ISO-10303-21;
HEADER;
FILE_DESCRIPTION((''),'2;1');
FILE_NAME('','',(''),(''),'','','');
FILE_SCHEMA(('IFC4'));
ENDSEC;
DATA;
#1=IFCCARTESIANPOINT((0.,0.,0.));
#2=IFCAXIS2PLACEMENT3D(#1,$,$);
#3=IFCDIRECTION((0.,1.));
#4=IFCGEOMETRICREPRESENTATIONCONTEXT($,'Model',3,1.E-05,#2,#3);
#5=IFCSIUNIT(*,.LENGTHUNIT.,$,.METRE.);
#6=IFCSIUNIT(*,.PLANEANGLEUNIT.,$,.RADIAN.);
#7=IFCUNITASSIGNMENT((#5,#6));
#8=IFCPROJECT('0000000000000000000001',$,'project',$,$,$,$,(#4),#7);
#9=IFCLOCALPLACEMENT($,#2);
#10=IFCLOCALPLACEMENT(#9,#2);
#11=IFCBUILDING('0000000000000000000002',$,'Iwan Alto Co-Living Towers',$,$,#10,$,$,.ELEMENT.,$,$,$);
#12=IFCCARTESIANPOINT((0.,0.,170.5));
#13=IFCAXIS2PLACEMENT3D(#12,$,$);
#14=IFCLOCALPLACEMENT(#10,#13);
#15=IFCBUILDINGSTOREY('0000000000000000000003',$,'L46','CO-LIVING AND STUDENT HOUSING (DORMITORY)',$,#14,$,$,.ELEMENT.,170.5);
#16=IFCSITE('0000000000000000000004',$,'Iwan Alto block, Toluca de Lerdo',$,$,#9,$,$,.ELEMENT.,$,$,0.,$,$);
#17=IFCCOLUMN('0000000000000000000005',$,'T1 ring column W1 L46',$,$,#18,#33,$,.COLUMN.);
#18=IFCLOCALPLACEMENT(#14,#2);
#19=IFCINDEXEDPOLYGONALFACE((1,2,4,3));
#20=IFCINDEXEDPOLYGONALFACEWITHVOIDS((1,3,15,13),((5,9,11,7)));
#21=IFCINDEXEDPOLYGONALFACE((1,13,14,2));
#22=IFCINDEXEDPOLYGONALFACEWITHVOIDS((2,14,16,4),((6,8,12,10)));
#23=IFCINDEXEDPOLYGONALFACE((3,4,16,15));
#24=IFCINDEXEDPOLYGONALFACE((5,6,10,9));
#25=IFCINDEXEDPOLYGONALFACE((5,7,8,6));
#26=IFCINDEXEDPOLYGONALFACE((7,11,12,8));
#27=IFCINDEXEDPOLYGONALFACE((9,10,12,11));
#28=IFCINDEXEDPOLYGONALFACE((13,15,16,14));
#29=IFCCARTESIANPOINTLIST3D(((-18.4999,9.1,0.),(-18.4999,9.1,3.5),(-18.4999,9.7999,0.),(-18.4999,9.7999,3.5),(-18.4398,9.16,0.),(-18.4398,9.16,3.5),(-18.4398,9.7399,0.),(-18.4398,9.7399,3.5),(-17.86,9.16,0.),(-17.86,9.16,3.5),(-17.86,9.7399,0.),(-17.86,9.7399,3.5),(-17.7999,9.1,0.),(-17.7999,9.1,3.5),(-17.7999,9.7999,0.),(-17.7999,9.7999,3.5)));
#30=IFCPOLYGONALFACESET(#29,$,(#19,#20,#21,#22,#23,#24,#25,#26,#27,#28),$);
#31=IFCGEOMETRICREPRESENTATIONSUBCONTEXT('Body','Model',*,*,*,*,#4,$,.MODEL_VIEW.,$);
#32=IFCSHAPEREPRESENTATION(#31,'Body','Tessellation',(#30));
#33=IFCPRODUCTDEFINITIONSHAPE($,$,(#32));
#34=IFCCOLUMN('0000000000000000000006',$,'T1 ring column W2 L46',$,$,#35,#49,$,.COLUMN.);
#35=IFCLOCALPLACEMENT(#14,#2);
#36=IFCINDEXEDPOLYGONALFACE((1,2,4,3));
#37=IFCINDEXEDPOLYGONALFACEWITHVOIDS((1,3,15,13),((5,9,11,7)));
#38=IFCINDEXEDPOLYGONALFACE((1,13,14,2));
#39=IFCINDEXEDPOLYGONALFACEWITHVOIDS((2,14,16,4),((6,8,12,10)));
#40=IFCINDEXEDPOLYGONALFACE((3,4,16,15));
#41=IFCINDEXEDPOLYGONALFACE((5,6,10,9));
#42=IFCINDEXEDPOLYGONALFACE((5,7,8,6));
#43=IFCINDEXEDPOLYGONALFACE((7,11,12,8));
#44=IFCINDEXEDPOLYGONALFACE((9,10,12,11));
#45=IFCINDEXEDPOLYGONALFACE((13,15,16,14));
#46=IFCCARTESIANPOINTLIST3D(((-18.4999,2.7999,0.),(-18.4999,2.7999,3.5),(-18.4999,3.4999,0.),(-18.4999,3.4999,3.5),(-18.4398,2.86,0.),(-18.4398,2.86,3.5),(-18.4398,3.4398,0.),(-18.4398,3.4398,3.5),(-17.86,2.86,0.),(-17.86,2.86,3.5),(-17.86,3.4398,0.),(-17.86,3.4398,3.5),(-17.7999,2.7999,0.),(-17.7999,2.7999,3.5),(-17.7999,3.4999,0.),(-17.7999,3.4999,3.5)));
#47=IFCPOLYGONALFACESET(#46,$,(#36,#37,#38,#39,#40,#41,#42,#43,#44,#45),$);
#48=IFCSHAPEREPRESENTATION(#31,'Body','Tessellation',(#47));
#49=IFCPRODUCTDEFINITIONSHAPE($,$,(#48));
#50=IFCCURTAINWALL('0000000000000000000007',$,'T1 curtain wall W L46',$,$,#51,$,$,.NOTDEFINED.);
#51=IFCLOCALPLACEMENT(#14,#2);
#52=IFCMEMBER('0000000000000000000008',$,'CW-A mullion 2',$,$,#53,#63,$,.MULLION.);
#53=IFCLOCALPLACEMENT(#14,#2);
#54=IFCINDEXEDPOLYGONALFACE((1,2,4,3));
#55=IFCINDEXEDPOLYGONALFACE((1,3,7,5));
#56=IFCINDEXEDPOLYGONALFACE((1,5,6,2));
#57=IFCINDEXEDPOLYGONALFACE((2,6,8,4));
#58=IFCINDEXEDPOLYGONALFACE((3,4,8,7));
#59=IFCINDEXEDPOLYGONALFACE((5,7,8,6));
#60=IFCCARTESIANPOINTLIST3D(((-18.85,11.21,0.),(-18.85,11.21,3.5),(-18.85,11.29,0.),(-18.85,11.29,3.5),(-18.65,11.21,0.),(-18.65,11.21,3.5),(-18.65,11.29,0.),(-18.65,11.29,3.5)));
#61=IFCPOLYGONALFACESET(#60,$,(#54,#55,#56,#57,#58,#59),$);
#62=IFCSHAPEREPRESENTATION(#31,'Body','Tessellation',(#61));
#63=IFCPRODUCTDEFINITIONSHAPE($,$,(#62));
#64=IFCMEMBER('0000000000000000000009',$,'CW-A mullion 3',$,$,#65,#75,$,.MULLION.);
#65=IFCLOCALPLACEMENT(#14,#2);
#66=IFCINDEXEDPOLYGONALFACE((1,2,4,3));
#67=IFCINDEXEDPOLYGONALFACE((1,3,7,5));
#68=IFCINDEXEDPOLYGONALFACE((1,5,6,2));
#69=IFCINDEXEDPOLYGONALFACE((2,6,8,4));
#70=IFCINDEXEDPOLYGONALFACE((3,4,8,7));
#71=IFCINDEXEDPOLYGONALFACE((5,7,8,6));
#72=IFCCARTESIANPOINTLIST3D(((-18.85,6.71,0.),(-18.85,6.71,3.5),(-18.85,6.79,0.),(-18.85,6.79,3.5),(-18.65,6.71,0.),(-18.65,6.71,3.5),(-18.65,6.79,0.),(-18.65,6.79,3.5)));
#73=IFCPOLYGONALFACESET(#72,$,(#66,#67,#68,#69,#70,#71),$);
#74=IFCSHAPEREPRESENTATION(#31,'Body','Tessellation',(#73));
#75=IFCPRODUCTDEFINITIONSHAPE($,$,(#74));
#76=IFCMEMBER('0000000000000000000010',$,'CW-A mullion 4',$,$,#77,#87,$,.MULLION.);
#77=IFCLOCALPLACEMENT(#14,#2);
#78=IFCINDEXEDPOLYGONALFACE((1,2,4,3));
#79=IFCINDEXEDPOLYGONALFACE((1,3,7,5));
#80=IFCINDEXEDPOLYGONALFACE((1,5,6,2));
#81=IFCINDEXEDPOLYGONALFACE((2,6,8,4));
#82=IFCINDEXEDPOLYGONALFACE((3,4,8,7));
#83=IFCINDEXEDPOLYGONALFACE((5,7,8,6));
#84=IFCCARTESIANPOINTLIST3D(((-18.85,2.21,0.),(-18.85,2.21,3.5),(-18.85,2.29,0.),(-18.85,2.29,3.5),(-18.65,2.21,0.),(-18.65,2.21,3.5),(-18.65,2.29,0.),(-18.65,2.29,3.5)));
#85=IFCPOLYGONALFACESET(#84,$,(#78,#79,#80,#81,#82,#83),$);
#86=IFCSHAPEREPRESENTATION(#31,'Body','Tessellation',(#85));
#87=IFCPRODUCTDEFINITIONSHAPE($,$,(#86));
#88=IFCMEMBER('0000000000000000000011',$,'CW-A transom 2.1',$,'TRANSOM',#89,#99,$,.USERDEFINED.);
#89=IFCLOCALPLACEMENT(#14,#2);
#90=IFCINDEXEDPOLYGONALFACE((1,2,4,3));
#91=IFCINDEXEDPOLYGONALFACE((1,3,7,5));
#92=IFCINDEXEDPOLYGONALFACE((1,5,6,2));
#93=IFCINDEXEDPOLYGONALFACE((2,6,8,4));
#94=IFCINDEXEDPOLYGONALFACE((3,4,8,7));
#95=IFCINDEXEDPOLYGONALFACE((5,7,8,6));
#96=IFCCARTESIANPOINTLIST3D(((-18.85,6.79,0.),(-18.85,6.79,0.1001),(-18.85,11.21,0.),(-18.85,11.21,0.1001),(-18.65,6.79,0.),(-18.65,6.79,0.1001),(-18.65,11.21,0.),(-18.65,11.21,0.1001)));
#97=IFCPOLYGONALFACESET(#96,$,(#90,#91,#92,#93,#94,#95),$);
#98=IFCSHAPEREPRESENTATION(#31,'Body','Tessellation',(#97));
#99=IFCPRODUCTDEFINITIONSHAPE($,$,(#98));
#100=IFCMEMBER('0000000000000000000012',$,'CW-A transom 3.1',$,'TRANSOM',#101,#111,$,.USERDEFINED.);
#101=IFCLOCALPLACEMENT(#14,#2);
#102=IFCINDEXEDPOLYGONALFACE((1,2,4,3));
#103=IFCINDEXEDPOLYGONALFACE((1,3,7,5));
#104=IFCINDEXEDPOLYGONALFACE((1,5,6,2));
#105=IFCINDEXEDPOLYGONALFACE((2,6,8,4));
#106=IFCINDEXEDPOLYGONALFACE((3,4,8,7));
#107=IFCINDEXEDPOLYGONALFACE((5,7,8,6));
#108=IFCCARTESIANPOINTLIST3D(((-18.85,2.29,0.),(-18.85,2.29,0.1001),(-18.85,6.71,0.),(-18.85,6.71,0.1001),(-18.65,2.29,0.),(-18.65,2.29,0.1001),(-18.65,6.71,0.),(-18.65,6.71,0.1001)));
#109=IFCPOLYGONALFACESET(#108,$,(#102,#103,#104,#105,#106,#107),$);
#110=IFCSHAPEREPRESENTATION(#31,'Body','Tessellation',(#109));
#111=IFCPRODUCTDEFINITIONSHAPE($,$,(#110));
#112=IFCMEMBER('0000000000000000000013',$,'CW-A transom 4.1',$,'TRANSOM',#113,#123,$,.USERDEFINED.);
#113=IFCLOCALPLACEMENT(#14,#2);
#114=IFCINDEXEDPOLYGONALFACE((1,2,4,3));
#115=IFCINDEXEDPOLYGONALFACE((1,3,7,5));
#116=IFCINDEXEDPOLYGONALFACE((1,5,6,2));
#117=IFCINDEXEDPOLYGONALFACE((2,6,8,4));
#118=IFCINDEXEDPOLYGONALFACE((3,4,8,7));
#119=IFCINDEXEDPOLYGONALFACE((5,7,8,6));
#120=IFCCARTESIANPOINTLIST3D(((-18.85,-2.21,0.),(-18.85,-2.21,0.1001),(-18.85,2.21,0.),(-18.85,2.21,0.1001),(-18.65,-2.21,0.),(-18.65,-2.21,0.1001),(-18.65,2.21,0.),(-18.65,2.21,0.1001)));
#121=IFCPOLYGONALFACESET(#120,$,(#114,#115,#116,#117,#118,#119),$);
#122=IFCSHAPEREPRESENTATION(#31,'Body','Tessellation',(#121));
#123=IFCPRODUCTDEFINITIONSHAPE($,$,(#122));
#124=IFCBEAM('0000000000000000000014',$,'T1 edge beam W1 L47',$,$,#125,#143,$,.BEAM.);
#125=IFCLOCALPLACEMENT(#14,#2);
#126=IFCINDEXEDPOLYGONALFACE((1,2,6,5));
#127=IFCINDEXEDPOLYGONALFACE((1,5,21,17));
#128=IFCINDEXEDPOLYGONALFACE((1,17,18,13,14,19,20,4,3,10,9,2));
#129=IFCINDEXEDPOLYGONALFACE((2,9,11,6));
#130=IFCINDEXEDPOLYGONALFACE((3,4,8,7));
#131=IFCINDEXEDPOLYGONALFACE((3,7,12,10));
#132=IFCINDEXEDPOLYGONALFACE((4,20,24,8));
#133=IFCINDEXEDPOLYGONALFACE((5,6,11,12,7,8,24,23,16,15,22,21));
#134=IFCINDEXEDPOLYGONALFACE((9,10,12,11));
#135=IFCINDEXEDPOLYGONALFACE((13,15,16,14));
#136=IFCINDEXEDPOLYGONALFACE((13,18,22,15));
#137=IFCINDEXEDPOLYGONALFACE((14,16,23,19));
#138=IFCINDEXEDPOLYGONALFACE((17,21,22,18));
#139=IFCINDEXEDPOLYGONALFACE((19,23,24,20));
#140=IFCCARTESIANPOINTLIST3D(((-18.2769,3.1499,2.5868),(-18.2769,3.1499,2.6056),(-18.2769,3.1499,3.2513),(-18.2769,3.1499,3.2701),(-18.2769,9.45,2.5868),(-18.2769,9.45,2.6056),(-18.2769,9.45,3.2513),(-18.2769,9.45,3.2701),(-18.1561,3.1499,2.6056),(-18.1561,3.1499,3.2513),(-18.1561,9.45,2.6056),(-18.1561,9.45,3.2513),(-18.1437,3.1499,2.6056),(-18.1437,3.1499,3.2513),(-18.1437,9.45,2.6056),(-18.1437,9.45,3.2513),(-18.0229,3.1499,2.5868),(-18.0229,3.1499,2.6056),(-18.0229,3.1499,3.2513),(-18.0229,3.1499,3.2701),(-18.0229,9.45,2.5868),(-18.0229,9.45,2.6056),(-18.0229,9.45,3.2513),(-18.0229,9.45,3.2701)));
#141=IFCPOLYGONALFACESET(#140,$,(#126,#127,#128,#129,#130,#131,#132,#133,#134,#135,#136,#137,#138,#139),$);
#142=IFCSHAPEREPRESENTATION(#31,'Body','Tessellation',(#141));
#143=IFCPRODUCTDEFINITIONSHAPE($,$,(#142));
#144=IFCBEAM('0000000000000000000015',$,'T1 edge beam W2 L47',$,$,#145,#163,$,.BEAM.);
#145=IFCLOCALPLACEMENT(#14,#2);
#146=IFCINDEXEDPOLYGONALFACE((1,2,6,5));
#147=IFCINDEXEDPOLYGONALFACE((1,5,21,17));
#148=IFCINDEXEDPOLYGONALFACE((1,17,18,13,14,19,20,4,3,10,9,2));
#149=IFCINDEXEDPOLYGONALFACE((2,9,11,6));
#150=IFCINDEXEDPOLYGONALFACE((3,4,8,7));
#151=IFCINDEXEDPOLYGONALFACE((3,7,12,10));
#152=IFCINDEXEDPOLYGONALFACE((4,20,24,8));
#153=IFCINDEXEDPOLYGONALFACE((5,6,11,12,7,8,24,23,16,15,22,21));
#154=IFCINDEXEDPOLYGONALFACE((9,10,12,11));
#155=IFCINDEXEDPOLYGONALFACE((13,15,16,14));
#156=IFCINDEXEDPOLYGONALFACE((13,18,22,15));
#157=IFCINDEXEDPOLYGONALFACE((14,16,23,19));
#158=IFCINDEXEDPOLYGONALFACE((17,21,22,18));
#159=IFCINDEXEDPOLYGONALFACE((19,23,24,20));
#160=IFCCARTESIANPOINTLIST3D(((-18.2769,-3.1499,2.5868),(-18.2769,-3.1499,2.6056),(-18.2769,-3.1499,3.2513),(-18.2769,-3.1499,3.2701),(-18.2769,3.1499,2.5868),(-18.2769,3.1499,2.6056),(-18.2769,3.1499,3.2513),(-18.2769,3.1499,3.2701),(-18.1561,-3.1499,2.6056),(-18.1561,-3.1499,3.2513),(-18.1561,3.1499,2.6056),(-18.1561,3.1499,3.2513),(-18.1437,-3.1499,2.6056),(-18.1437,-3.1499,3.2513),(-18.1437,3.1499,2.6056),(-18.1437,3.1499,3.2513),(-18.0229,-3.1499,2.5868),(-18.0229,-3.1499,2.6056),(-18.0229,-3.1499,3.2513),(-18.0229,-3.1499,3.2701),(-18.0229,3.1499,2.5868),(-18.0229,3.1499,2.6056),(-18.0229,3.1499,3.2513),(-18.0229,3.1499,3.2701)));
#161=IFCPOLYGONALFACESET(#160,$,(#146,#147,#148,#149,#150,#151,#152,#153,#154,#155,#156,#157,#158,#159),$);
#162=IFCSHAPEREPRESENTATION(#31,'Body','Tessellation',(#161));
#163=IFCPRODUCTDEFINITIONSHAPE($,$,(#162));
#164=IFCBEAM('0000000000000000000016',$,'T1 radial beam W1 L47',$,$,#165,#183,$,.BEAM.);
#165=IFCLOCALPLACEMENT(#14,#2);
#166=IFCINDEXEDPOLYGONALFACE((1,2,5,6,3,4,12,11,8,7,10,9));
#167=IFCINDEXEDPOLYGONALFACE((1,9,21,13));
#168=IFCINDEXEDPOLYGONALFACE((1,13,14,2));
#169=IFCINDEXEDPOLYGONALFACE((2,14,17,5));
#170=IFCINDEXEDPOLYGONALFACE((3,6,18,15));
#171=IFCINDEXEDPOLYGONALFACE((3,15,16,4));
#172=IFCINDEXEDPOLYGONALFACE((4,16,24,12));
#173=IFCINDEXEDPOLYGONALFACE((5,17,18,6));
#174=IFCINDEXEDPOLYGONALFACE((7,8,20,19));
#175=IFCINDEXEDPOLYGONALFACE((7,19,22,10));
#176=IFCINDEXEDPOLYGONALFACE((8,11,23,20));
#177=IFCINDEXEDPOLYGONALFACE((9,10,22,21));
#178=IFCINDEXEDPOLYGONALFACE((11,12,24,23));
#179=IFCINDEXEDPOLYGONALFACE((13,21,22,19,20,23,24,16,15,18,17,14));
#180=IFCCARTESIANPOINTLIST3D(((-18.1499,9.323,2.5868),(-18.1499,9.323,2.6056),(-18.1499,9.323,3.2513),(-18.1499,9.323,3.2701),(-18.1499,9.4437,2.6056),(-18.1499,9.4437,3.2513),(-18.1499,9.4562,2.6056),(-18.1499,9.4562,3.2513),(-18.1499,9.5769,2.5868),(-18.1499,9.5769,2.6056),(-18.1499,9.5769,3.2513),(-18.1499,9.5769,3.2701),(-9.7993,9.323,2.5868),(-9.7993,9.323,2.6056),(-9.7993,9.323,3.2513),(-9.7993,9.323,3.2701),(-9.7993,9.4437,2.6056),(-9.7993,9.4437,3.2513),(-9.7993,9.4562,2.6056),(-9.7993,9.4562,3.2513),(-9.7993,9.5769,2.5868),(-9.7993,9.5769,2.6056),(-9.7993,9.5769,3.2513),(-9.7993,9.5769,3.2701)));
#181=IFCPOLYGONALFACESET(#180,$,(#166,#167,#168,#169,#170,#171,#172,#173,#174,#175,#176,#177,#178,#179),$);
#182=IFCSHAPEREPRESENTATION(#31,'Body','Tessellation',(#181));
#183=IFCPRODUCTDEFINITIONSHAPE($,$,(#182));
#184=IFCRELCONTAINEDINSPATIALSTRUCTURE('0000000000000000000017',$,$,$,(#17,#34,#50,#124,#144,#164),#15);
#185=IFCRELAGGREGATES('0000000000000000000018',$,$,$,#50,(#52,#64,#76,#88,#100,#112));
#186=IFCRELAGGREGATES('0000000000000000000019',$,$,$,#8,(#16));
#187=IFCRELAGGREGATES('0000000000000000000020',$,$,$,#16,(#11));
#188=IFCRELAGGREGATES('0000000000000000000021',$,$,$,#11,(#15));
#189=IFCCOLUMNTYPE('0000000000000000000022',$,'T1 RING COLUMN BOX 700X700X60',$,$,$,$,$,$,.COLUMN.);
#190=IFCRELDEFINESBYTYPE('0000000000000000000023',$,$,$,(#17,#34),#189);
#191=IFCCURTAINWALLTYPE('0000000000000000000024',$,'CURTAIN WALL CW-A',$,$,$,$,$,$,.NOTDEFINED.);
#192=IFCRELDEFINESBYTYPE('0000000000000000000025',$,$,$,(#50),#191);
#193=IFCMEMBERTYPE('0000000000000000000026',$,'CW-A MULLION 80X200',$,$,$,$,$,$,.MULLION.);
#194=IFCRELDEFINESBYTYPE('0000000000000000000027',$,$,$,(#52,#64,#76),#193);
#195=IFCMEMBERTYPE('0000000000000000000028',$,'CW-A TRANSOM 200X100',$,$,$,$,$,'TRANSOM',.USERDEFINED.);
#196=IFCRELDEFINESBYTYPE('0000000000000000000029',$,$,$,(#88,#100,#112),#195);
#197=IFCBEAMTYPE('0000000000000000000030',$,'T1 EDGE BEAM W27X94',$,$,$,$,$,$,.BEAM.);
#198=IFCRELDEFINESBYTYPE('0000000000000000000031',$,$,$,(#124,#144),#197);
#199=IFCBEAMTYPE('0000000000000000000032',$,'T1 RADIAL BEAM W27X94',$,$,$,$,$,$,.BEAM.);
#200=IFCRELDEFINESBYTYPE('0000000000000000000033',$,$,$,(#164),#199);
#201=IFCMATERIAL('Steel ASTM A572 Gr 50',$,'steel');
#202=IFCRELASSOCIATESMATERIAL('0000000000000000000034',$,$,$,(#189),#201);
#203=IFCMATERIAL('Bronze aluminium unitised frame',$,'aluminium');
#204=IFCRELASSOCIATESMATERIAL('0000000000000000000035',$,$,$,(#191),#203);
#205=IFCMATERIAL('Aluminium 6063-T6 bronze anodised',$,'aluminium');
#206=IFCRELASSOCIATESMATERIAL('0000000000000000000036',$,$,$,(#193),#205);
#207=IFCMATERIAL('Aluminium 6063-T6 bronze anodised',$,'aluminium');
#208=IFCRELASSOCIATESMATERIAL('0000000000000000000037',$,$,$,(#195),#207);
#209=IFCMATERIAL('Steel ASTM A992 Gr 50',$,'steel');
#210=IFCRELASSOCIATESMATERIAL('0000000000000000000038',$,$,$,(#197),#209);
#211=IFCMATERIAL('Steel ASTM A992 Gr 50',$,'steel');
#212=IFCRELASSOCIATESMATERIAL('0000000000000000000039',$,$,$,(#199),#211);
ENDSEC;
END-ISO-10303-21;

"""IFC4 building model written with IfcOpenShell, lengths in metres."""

from ifc_helpers import new_model, si_unit, direction, frame, origin, origin_2d, place, context, subcontext, project, spatial, rectangle, hollow_rectangle, i_section, extrude, material, material_profile, profile_set, type_object, element, aggregate, save


model = new_model("IFC4")

# Units and contexts
model_context = context("Model", 3, precision=1e-05, world=origin(), true_north=direction((0.0, 1.0)))
body_context = subcontext(model_context, "Body", "Model", "MODEL_VIEW")
ifc_project = project(units=[si_unit("LENGTHUNIT", "METRE"), si_unit("PLANEANGLEUNIT", "RADIAN")], contexts=[model_context])

# Site, building, storey
site_placement = place(None, origin())
site = spatial("IfcSite", under=ifc_project, at=site_placement, Name="Iwan Alto block, Toluca de Lerdo", CompositionType="ELEMENT", RefElevation=0.0)
building_placement = place(site_placement, origin())
building = spatial("IfcBuilding", under=site, at=building_placement, Name="Iwan Alto Co-Living Towers", CompositionType="ELEMENT")
storey_placement = place(building_placement, frame((0.0, 0.0, 170.5)))
storey = spatial("IfcBuildingStorey", under=building, at=storey_placement, Name="L46", Description="CO-LIVING AND STUDENT HOUSING (DORMITORY)", CompositionType="ELEMENT", Elevation=170.5)

# Columns
ifc_material_1 = material(Name="Steel ASTM A572 Gr 50", Category="steel")
ifc_material_profile_1 = material_profile(ifc_material_1, hollow_rectangle(XDim=0.7, YDim=0.7, WallThickness=0.0601, at=origin_2d()), Name="BOX 700X700X60")
ifc_profile_set_1 = profile_set([ifc_material_profile_1], Name="Steel ASTM A572 Gr 50")
column_type = type_object("IfcColumnType", Name="T1 RING COLUMN BOX 700X700X60", PredefinedType="COLUMN", material=ifc_profile_set_1)
for number, where, z_axis, x_axis, name in (
    (1, (-18.1499, 9.45, 0.0), (0.0, 0.0, 1.0), (1.0, 0.0, 0.0), "T1 ring column W1 L46"),
    (2, (-18.1499, 3.1499, 0.0), (0.0, 0.0, 1.0), (1.0, 0.0, 0.0), "T1 ring column W2 L46"),
):
    element("IfcColumn", number, at=place(storey_placement, frame(where, z_axis=z_axis, x_axis=x_axis)), inside=storey, type_object=column_type, Name=name, PredefinedType="COLUMN", context=body_context, shape_type="SweptSolid", body=[
        extrude(hollow_rectangle(XDim=0.7, YDim=0.7, WallThickness=0.0601, at=origin_2d()), origin(), (0.0, 0.0, 1.0), 3.5),
    ])

# Curtain wall, members
ifc_material_2 = material(Name="Bronze aluminium unitised frame", Category="aluminium")
curtain_wall_type = type_object("IfcCurtainWallType", Name="CURTAIN WALL CW-A", PredefinedType="NOTDEFINED", material=ifc_material_2)
curtain_wall_placement = place(storey_placement, origin())
curtain_wall = element("IfcCurtainWall", 3, at=curtain_wall_placement, inside=storey, type_object=curtain_wall_type, Name="T1 curtain wall W L46", PredefinedType="NOTDEFINED")
ifc_material_3 = material(Name="Aluminium 6063-T6 bronze anodised", Category="aluminium")
ifc_material_profile_2 = material_profile(ifc_material_3, rectangle(XDim=0.2, YDim=0.0801, at=origin_2d()), Name="AL 80X200")
ifc_profile_set_2 = profile_set([ifc_material_profile_2], Name="Aluminium 6063-T6 bronze anodised")
member_type_1 = type_object("IfcMemberType", Name="CW-A MULLION 80X200", PredefinedType="MULLION", material=ifc_profile_set_2)
member_1_placement = place(storey_placement, frame((-18.75, 11.25, 0.0), z_axis=(0.0, 0.0, 1.0), x_axis=(1.0, 0.0, 0.0)))
member_1 = element("IfcMember", 4, at=member_1_placement, type_object=member_type_1, Name="CW-A mullion 2", PredefinedType="MULLION", context=body_context, shape_type="SweptSolid", body=[
    extrude(rectangle(XDim=0.2, YDim=0.0801, at=origin_2d()), origin(), (0.0, 0.0, 1.0), 3.5),
])
member_2_placement = place(storey_placement, frame((-18.75, 6.75, 0.0), z_axis=(0.0, 0.0, 1.0), x_axis=(1.0, 0.0, 0.0)))
member_2 = element("IfcMember", 5, at=member_2_placement, type_object=member_type_1, Name="CW-A mullion 3", PredefinedType="MULLION", context=body_context, shape_type="SweptSolid", body=[
    extrude(rectangle(XDim=0.2, YDim=0.0801, at=origin_2d()), origin(), (0.0, 0.0, 1.0), 3.5),
])
member_3_placement = place(storey_placement, frame((-18.75, 2.25, 0.0), z_axis=(0.0, 0.0, 1.0), x_axis=(1.0, 0.0, 0.0)))
member_3 = element("IfcMember", 6, at=member_3_placement, type_object=member_type_1, Name="CW-A mullion 4", PredefinedType="MULLION", context=body_context, shape_type="SweptSolid", body=[
    extrude(rectangle(XDim=0.2, YDim=0.0801, at=origin_2d()), origin(), (0.0, 0.0, 1.0), 3.5),
])
ifc_material_4 = material(Name="Aluminium 6063-T6 bronze anodised", Category="aluminium")
ifc_material_profile_3 = material_profile(ifc_material_4, rectangle(XDim=0.2, YDim=0.1001, at=origin_2d()), Name="AL 200X100")
ifc_profile_set_3 = profile_set([ifc_material_profile_3], Name="Aluminium 6063-T6 bronze anodised")
member_type_2 = type_object("IfcMemberType", Name="CW-A TRANSOM 200X100", ElementType="TRANSOM", PredefinedType="USERDEFINED", material=ifc_profile_set_3)
member_4_placement = place(storey_placement, frame((-18.75, 11.21, 0.05), z_axis=(0.0, -1.0, 0.0), x_axis=(1.0, 0.0, 0.0)))
member_4 = element("IfcMember", 7, at=member_4_placement, type_object=member_type_2, Name="CW-A transom 2.1", ObjectType="TRANSOM", PredefinedType="USERDEFINED", context=body_context, shape_type="SweptSolid", body=[
    extrude(rectangle(XDim=0.2, YDim=0.1001, at=origin_2d()), origin(), (0.0, 0.0, 1.0), 4.4199),
])
member_5_placement = place(storey_placement, frame((-18.75, 6.71, 0.05), z_axis=(0.0, -1.0, 0.0), x_axis=(1.0, 0.0, 0.0)))
member_5 = element("IfcMember", 8, at=member_5_placement, type_object=member_type_2, Name="CW-A transom 3.1", ObjectType="TRANSOM", PredefinedType="USERDEFINED", context=body_context, shape_type="SweptSolid", body=[
    extrude(rectangle(XDim=0.2, YDim=0.1001, at=origin_2d()), origin(), (0.0, 0.0, 1.0), 4.4199),
])
member_6_placement = place(storey_placement, frame((-18.75, 2.21, 0.05), z_axis=(0.0, -1.0, 0.0), x_axis=(1.0, 0.0, 0.0)))
member_6 = element("IfcMember", 9, at=member_6_placement, type_object=member_type_2, Name="CW-A transom 4.1", ObjectType="TRANSOM", PredefinedType="USERDEFINED", context=body_context, shape_type="SweptSolid", body=[
    extrude(rectangle(XDim=0.2, YDim=0.1001, at=origin_2d()), origin(), (0.0, 0.0, 1.0), 4.4199),
])

# Beams
ifc_material_5 = material(Name="Steel ASTM A992 Gr 50", Category="steel")
ifc_material_profile_4 = material_profile(ifc_material_5, i_section(OverallWidth=0.2539, OverallDepth=0.6833, WebThickness=0.0125, FlangeThickness=0.0188, at=origin_2d()), Name="W27X94")
ifc_profile_set_4 = profile_set([ifc_material_profile_4], Name="Steel ASTM A992 Gr 50")
beam_type_1 = type_object("IfcBeamType", Name="T1 EDGE BEAM W27X94", PredefinedType="BEAM", material=ifc_profile_set_4)
beam_1_placement = place(storey_placement, frame((-18.1499, 9.45, 2.9285), z_axis=(0.0, -1.0, 0.0), x_axis=(1.0, 0.0, 0.0)))
element("IfcBeam", 10, at=beam_1_placement, inside=storey, type_object=beam_type_1, Name="T1 edge beam W1 L47", PredefinedType="BEAM", context=body_context, shape_type="SweptSolid", body=[
    extrude(i_section(OverallWidth=0.2539, OverallDepth=0.6833, WebThickness=0.0125, FlangeThickness=0.0188, at=origin_2d()), origin(), (0.0, 0.0, 1.0), 6.3),
])
beam_2_placement = place(storey_placement, frame((-18.1499, 3.1499, 2.9285), z_axis=(0.0, -1.0, 0.0), x_axis=(1.0, 0.0, 0.0)))
element("IfcBeam", 11, at=beam_2_placement, inside=storey, type_object=beam_type_1, Name="T1 edge beam W2 L47", PredefinedType="BEAM", context=body_context, shape_type="SweptSolid", body=[
    extrude(i_section(OverallWidth=0.2539, OverallDepth=0.6833, WebThickness=0.0125, FlangeThickness=0.0188, at=origin_2d()), origin(), (0.0, 0.0, 1.0), 6.2998),
])
ifc_material_6 = material(Name="Steel ASTM A992 Gr 50", Category="steel")
ifc_material_profile_5 = material_profile(ifc_material_6, i_section(OverallWidth=0.2539, OverallDepth=0.6833, WebThickness=0.0125, FlangeThickness=0.0188, at=origin_2d()), Name="W27X94")
ifc_profile_set_5 = profile_set([ifc_material_profile_5], Name="Steel ASTM A992 Gr 50")
beam_type_2 = type_object("IfcBeamType", Name="T1 RADIAL BEAM W27X94", PredefinedType="BEAM", material=ifc_profile_set_5)
for number, where, z_axis, x_axis, name in (
    (12, (-18.1499, 9.45, 2.9285), (1.0, 0.0, 0.0), (0.0, 1.0, 0.0), "T1 radial beam W1 L47"),
):
    element("IfcBeam", number, at=place(storey_placement, frame(where, z_axis=z_axis, x_axis=x_axis)), inside=storey, type_object=beam_type_2, Name=name, PredefinedType="BEAM", context=body_context, shape_type="SweptSolid", body=[
        extrude(i_section(OverallWidth=0.2539, OverallDepth=0.6833, WebThickness=0.0125, FlangeThickness=0.0188, at=origin_2d()), origin(), (0.0, 0.0, 1.0), 8.3506),
    ])

aggregate(curtain_wall, [member_1, member_2, member_3, member_4, member_5, member_6])

save(model, "model.ifc")
